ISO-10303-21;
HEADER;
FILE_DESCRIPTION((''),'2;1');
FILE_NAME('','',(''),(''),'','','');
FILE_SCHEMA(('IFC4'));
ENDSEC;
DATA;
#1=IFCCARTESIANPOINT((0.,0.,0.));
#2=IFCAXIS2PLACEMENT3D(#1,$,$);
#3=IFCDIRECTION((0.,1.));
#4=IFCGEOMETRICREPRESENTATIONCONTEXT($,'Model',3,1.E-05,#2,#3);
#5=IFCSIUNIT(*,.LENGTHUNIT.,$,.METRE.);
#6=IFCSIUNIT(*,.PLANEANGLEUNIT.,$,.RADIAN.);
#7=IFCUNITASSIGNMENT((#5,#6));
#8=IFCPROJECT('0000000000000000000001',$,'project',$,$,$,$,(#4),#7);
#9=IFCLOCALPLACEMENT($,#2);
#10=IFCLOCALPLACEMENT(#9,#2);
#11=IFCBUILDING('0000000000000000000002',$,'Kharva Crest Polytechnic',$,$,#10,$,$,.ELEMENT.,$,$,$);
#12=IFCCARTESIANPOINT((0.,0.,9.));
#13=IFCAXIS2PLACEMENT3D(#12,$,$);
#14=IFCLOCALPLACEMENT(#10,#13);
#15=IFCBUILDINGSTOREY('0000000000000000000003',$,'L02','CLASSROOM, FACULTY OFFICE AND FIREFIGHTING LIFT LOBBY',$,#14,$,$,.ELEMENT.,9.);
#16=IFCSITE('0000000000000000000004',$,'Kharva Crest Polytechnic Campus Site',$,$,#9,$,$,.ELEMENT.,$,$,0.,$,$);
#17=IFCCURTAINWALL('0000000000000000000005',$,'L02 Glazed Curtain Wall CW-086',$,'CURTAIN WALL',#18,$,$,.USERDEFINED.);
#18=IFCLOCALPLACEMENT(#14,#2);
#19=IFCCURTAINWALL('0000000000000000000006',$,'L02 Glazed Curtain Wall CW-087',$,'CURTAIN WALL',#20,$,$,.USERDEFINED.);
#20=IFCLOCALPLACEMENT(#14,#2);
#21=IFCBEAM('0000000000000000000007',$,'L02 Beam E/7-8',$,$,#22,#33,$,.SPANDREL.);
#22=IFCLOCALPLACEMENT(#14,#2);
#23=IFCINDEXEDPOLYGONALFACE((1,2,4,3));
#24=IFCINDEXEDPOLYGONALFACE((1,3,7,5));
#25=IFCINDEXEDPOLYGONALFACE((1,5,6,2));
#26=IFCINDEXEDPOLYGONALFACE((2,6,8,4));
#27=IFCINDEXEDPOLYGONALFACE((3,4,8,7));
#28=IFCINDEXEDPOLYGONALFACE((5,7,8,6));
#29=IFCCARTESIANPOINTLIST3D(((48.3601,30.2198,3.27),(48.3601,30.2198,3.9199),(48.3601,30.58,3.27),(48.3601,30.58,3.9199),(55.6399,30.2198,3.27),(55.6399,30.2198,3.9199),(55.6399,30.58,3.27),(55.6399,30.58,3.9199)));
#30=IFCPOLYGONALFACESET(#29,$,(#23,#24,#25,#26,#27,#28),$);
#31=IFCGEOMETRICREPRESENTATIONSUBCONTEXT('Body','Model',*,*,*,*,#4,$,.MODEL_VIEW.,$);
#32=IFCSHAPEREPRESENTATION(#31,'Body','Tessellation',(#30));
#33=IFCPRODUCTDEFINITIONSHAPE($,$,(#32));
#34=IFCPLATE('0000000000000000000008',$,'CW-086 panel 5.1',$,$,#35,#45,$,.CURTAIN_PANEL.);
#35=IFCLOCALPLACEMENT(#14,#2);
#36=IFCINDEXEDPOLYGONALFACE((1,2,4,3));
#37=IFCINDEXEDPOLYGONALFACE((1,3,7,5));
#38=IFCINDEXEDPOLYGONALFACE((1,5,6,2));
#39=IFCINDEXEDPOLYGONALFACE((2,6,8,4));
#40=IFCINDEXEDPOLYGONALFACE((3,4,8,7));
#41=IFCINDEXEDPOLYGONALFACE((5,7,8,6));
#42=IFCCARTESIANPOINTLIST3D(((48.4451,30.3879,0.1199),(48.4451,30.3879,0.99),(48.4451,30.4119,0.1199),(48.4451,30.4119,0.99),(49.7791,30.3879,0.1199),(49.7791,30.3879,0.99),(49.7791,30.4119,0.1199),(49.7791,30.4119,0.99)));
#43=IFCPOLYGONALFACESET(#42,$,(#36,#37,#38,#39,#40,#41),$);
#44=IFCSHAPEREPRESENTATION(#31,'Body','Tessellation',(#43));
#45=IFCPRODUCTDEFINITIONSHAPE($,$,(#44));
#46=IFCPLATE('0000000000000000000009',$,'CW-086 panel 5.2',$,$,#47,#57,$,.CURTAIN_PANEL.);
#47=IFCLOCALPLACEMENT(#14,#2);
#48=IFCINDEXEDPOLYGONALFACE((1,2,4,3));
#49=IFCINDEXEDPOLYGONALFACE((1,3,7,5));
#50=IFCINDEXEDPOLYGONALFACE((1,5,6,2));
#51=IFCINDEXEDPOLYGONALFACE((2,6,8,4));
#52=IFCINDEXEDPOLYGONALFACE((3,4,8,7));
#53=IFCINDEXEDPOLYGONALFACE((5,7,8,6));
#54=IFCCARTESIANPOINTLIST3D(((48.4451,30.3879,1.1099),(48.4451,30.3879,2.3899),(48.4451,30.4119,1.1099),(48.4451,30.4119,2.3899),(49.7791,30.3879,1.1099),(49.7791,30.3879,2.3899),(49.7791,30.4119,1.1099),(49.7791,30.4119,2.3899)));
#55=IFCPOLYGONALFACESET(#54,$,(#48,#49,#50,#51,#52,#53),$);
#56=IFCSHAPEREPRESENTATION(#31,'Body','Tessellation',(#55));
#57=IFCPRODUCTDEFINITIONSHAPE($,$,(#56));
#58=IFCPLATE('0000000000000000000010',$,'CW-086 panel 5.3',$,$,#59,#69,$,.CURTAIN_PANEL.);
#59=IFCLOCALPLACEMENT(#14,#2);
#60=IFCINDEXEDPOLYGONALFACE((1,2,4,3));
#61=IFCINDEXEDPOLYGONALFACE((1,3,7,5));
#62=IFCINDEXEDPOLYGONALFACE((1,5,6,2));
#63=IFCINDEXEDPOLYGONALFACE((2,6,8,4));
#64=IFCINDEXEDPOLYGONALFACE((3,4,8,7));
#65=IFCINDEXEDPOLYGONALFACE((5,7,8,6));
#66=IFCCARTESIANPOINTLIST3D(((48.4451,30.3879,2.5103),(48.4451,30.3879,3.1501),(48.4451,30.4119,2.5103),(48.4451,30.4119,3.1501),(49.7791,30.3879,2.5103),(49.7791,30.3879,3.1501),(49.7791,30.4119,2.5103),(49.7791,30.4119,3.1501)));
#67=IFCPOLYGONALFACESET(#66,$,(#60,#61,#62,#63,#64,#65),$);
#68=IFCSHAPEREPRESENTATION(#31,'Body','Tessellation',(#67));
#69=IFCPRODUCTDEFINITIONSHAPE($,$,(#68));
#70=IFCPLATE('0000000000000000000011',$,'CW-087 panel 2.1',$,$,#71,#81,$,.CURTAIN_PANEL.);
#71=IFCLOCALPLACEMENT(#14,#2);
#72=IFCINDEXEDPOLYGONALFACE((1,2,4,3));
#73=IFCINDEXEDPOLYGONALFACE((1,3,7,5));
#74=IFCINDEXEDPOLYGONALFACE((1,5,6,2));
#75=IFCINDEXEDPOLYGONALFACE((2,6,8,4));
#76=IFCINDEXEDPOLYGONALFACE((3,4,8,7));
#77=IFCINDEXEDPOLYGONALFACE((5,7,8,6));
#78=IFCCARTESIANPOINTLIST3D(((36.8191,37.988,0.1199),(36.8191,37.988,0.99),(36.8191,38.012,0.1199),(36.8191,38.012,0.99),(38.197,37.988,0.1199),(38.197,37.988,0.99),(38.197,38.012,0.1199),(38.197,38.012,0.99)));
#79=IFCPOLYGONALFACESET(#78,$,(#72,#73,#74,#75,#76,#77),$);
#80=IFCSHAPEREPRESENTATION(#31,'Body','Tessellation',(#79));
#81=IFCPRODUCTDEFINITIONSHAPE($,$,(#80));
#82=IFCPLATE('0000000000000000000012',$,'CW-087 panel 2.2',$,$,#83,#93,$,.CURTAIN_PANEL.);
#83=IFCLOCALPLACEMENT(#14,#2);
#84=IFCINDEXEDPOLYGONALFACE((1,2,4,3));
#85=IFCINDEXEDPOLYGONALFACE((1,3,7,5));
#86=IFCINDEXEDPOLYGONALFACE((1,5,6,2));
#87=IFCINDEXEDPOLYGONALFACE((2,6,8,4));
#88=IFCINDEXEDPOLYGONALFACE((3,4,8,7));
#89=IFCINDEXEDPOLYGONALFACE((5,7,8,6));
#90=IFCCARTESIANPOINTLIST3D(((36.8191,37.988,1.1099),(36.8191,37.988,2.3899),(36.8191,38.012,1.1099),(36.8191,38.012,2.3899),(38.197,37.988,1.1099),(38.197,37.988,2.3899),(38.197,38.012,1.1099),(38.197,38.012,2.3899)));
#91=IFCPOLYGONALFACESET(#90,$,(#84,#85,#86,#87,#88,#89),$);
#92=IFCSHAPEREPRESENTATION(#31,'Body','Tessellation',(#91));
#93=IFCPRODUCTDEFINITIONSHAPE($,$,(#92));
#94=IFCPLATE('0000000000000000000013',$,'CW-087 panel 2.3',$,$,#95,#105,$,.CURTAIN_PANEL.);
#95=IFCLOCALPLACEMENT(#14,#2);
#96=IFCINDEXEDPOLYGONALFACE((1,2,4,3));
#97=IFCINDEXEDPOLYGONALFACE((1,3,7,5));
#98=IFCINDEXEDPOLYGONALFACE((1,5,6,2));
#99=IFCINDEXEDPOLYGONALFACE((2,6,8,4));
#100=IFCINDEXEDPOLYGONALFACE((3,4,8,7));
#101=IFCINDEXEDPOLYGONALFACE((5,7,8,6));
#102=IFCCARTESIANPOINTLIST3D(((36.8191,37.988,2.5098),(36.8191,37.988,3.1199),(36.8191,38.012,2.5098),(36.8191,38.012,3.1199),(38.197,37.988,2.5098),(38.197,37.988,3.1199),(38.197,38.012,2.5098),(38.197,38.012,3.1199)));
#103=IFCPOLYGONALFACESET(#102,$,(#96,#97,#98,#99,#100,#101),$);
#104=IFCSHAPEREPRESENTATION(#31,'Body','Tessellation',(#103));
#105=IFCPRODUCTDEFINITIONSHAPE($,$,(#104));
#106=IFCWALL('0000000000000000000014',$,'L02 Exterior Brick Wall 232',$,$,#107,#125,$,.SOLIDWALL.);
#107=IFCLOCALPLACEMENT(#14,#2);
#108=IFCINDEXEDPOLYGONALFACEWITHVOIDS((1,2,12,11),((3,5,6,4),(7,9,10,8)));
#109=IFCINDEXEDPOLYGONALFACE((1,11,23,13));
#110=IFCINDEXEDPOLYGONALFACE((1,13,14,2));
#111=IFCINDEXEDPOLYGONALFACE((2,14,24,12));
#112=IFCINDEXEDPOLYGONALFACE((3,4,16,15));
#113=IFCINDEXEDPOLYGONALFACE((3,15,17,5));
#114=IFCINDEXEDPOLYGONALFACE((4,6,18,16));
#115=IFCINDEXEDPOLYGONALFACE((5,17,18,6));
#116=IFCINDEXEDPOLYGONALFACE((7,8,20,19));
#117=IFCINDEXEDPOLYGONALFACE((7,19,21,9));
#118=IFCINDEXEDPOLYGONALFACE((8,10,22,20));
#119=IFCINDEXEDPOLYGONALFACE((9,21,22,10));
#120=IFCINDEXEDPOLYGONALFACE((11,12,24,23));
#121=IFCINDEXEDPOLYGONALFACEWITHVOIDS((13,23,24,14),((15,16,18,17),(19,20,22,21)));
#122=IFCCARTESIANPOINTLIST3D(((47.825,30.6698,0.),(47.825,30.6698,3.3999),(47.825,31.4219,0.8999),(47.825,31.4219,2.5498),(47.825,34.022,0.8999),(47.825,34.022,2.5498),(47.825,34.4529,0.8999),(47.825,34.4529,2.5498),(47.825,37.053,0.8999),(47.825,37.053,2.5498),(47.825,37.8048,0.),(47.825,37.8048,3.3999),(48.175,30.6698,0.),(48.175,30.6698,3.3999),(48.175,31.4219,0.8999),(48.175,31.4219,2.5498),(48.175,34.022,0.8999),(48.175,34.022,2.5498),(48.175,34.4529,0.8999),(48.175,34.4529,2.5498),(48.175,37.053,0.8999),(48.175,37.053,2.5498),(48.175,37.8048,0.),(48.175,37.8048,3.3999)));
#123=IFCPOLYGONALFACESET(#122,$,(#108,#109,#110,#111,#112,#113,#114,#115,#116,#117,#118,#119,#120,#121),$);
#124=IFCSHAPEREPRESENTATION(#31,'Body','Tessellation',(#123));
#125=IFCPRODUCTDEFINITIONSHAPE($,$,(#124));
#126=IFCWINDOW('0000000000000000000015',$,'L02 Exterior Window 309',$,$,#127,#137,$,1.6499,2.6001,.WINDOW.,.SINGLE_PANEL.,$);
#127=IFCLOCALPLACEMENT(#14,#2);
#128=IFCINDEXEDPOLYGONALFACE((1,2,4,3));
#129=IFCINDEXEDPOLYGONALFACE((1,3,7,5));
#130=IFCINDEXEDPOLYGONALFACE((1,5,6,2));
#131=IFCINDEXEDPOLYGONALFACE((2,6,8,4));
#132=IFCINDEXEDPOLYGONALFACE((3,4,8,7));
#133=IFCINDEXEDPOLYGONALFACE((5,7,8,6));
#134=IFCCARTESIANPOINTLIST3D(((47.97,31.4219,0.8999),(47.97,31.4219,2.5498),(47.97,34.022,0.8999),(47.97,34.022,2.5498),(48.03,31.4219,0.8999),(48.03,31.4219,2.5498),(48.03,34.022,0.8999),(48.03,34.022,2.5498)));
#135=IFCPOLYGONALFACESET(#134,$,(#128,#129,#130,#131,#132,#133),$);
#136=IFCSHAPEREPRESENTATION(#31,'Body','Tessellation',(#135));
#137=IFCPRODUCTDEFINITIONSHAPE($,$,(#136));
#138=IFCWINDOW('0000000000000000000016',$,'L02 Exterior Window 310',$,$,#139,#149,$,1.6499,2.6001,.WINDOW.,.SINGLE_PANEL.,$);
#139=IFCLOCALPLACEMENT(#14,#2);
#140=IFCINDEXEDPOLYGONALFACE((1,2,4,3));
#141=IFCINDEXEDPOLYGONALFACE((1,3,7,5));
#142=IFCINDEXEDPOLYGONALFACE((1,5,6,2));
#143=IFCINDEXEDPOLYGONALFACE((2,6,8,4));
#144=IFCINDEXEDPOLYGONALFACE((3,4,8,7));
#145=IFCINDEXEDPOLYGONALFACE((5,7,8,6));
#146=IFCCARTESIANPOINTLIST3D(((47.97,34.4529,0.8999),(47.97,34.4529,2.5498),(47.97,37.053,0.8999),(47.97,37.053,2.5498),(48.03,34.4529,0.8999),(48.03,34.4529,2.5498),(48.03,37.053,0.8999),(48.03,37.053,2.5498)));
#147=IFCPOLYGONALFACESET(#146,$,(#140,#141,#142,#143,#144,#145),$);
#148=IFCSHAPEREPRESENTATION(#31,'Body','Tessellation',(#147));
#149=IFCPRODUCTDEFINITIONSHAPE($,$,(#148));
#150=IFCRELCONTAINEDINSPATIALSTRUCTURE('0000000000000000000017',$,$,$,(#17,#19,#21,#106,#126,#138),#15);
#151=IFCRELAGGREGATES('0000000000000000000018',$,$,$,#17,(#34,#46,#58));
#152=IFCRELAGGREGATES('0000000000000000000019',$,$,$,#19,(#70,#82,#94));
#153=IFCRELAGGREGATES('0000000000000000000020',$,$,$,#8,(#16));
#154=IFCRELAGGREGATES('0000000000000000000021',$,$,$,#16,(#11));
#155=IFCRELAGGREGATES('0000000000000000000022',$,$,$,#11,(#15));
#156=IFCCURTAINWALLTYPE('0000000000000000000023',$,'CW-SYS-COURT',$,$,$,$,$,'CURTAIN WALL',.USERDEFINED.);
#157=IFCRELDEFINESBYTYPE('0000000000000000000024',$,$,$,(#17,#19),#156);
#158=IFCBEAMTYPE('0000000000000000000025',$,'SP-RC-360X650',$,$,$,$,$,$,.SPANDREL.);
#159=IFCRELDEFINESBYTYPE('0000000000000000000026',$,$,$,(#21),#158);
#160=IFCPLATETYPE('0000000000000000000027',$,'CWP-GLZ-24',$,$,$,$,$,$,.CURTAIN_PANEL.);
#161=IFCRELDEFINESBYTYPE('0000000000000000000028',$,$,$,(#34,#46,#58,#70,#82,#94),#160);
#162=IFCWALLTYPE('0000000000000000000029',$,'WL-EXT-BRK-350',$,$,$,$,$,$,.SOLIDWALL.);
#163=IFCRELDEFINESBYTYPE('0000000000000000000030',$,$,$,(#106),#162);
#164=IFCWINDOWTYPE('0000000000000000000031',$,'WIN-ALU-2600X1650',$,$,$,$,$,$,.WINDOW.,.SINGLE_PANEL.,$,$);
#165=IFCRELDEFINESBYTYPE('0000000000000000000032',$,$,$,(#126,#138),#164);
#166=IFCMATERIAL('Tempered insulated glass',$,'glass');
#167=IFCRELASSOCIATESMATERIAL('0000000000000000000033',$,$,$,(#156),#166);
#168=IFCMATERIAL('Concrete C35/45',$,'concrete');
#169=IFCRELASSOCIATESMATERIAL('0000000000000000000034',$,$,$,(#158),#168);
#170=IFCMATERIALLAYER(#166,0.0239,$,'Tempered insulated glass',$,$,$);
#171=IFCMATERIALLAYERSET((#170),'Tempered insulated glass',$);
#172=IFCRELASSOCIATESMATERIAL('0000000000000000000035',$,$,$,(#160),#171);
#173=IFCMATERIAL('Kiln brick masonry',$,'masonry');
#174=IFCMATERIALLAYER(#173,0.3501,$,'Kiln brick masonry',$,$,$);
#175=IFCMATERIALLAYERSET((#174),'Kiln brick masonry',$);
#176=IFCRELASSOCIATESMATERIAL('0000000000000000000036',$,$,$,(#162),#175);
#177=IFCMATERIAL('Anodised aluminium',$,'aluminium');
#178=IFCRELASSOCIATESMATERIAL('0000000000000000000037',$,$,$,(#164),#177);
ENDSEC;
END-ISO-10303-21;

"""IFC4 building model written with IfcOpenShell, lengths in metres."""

from ifc_helpers import new_model, si_unit, direction, frame, frame_2d, origin, origin_2d, place, context, subcontext, project, spatial, rectangle, extrude, material, layer, layer_set, material_profile, profile_set, type_object, element, fill, aggregate, save


model = new_model("IFC4")

# Units and contexts
model_context = context("Model", 3, precision=1e-05, world=origin(), true_north=direction((0.0, 1.0)))
body_context = subcontext(model_context, "Body", "Model", "MODEL_VIEW")
ifc_project = project(units=[si_unit("LENGTHUNIT", "METRE"), si_unit("PLANEANGLEUNIT", "RADIAN")], contexts=[model_context])

# Site, building, storey
site_placement = place(None, origin())
site = spatial("IfcSite", under=ifc_project, at=site_placement, Name="Kharva Crest Polytechnic Campus Site", CompositionType="ELEMENT", RefElevation=0.0)
building_placement = place(site_placement, origin())
building = spatial("IfcBuilding", under=site, at=building_placement, Name="Kharva Crest Polytechnic", CompositionType="ELEMENT")
storey_placement = place(building_placement, frame((0.0, 0.0, 9.0)))
storey = spatial("IfcBuildingStorey", under=building, at=storey_placement, Name="L02", Description="CLASSROOM, FACULTY OFFICE AND FIREFIGHTING LIFT LOBBY", CompositionType="ELEMENT", Elevation=9.0)

# Shared definitions
ifc_material_1 = material(Name="Concrete C35/45", Category="concrete")

# Curtain wall
ifc_material_2 = material(Name="Tempered insulated glass", Category="glass")
curtain_wall_type = type_object("IfcCurtainWallType", Name="CW-SYS-COURT", ElementType="CURTAIN WALL", PredefinedType="USERDEFINED", material=ifc_material_2)
curtain_wall_1_placement = place(storey_placement, origin())
curtain_wall_1 = element("IfcCurtainWall", 1, at=curtain_wall_1_placement, inside=storey, type_object=curtain_wall_type, Name="L02 Glazed Curtain Wall CW-086", ObjectType="CURTAIN WALL", PredefinedType="USERDEFINED")

# Curtain wall
curtain_wall_2_placement = place(storey_placement, origin())
curtain_wall_2 = element("IfcCurtainWall", 2, at=curtain_wall_2_placement, inside=storey, type_object=curtain_wall_type, Name="L02 Glazed Curtain Wall CW-087", ObjectType="CURTAIN WALL", PredefinedType="USERDEFINED")

# Beam
ifc_material_profile_1 = material_profile(ifc_material_1, rectangle(XDim=0.3601, YDim=0.6499, at=origin_2d()), Name="RECT 360 X 650")
ifc_profile_set_1 = profile_set([ifc_material_profile_1], Name="Concrete C35/45")
beam_type_1 = type_object("IfcBeamType", Name="SP-RC-360X650", PredefinedType="SPANDREL", material=ifc_profile_set_1)
beam_1_placement = place(storey_placement, frame((48.3601, 30.3999, 3.595), z_axis=(1.0, 0.0, 0.0), x_axis=(0.0, 1.0, 0.0)))
element("IfcBeam", 3, at=beam_1_placement, inside=storey, type_object=beam_type_1, Name="L02 Beam E/7-8", PredefinedType="SPANDREL", context=body_context, shape_type="SweptSolid", body=[
    extrude(rectangle(XDim=0.3601, YDim=0.6499, at=origin_2d()), origin(), (0.0, 0.0, 1.0), 7.2798),
])

# Plates
ifc_layer_1 = layer(ifc_material_2, 0.0239, Name="Tempered insulated glass")
ifc_layer_set_1 = layer_set([ifc_layer_1], Name="Tempered insulated glass")
plate_type = type_object("IfcPlateType", Name="CWP-GLZ-24", PredefinedType="CURTAIN_PANEL", material=ifc_layer_set_1)
plate_1_placement = place(storey_placement, frame((49.1121, 30.3999, 0.1199), z_axis=(0.0, 0.0, 1.0), x_axis=(-1.0, 0.0, 0.0)))
plate_1 = element("IfcPlate", 4, at=plate_1_placement, type_object=plate_type, Name="CW-086 panel 5.1", PredefinedType="CURTAIN_PANEL", context=body_context, shape_type="SweptSolid", body=[
    extrude(rectangle(XDim=1.334, YDim=0.0239, at=origin_2d()), origin(), (0.0, 0.0, 1.0), 0.8701),
])
plate_2_placement = place(storey_placement, frame((49.1121, 30.3999, 1.1099), z_axis=(0.0, 0.0, 1.0), x_axis=(-1.0, 0.0, 0.0)))
plate_2 = element("IfcPlate", 5, at=plate_2_placement, type_object=plate_type, Name="CW-086 panel 5.2", PredefinedType="CURTAIN_PANEL", context=body_context, shape_type="SweptSolid", body=[
    extrude(rectangle(XDim=1.334, YDim=0.0239, at=origin_2d()), origin(), (0.0, 0.0, 1.0), 1.28),
])
plate_3_placement = place(storey_placement, frame((49.1121, 30.3999, 2.5103), z_axis=(0.0, 0.0, 1.0), x_axis=(-1.0, 0.0, 0.0)))
plate_3 = element("IfcPlate", 6, at=plate_3_placement, type_object=plate_type, Name="CW-086 panel 5.3", PredefinedType="CURTAIN_PANEL", context=body_context, shape_type="SweptSolid", body=[
    extrude(rectangle(XDim=1.334, YDim=0.0239, at=origin_2d()), origin(), (0.0, 0.0, 1.0), 0.6399),
])
aggregate(curtain_wall_1, [plate_1, plate_2, plate_3])
plate_4_placement = place(storey_placement, frame((37.5081, 38.0, 0.1199), z_axis=(0.0, 0.0, 1.0), x_axis=(-1.0, 0.0, 0.0)))
plate_4 = element("IfcPlate", 7, at=plate_4_placement, type_object=plate_type, Name="CW-087 panel 2.1", PredefinedType="CURTAIN_PANEL", context=body_context, shape_type="SweptSolid", body=[
    extrude(rectangle(XDim=1.3779, YDim=0.0239, at=origin_2d()), origin(), (0.0, 0.0, 1.0), 0.8701),
])
plate_5_placement = place(storey_placement, frame((37.5081, 38.0, 1.1099), z_axis=(0.0, 0.0, 1.0), x_axis=(-1.0, 0.0, 0.0)))
plate_5 = element("IfcPlate", 8, at=plate_5_placement, type_object=plate_type, Name="CW-087 panel 2.2", PredefinedType="CURTAIN_PANEL", context=body_context, shape_type="SweptSolid", body=[
    extrude(rectangle(XDim=1.3779, YDim=0.0239, at=origin_2d()), origin(), (0.0, 0.0, 1.0), 1.28),
])
plate_6_placement = place(storey_placement, frame((37.5081, 38.0, 2.5098), z_axis=(0.0, 0.0, 1.0), x_axis=(-1.0, 0.0, 0.0)))
plate_6 = element("IfcPlate", 9, at=plate_6_placement, type_object=plate_type, Name="CW-087 panel 2.3", PredefinedType="CURTAIN_PANEL", context=body_context, shape_type="SweptSolid", body=[
    extrude(rectangle(XDim=1.3779, YDim=0.0239, at=origin_2d()), origin(), (0.0, 0.0, 1.0), 0.6101),
])
aggregate(curtain_wall_2, [plate_4, plate_5, plate_6])

# Wall, openings, windows
ifc_material_3 = material(Name="Kiln brick masonry", Category="masonry")
ifc_layer_2 = layer(ifc_material_3, 0.3501, Name="Kiln brick masonry")
ifc_layer_set_2 = layer_set([ifc_layer_2], Name="Kiln brick masonry")
wall_type = type_object("IfcWallType", Name="WL-EXT-BRK-350", PredefinedType="SOLIDWALL", material=ifc_layer_set_2)
wall_placement = place(storey_placement, frame((48.0, 30.6699, 0.0), z_axis=(0.0, 0.0, 1.0), x_axis=(0.0, 1.0, 0.0)))
wall = element("IfcWall", 10, at=wall_placement, inside=storey, type_object=wall_type, Name="L02 Exterior Brick Wall 232", PredefinedType="SOLIDWALL", context=body_context, shape_type="SweptSolid", body=[
    extrude(rectangle(XDim=7.135, YDim=0.3501, at=frame_2d((3.5674, 0.0))), origin(), (0.0, 0.0, 1.0), 3.3999),
])
opening_1_placement = place(wall_placement, frame((0.752, 0.0, 0.8999)))
opening_1 = element("IfcOpeningElement", 11, at=opening_1_placement, cuts=wall, PredefinedType="OPENING", context=body_context, shape_type="SweptSolid", body=[
    extrude(rectangle(XDim=2.6001, YDim=1.6499, at=frame_2d((1.3, 0.825))), frame((0.0, 0.1851, 0.0), z_axis=(0.0, -1.0, 0.0), x_axis=(1.0, 0.0, 0.0)), (0.0, 0.0, 1.0), 0.3701),
])
opening_2_placement = place(wall_placement, frame((3.783, 0.0, 0.8999)))
opening_2 = element("IfcOpeningElement", 12, at=opening_2_placement, cuts=wall, PredefinedType="OPENING", context=body_context, shape_type="SweptSolid", body=[
    extrude(rectangle(XDim=2.6001, YDim=1.6499, at=frame_2d((1.3, 0.825))), frame((0.0, 0.1851, 0.0), z_axis=(0.0, -1.0, 0.0), x_axis=(1.0, 0.0, 0.0)), (0.0, 0.0, 1.0), 0.3701),
])
ifc_material_4 = material(Name="Anodised aluminium", Category="aluminium")
window_type = type_object("IfcWindowType", Name="WIN-ALU-2600X1650", PartitioningType="SINGLE_PANEL", PredefinedType="WINDOW", material=ifc_material_4)
window_1_placement = place(opening_1_placement, origin())
window_1 = element("IfcWindow", 13, at=window_1_placement, inside=storey, type_object=window_type, Name="L02 Exterior Window 309", OverallHeight=1.6499, OverallWidth=2.6001, PartitioningType="SINGLE_PANEL", PredefinedType="WINDOW", context=body_context, shape_type="SweptSolid", body=[
    extrude(rectangle(XDim=2.6001, YDim=1.6499, at=frame_2d((1.3, 0.825))), frame((0.0, 0.03, 0.0), z_axis=(0.0, -1.0, 0.0), x_axis=(1.0, 0.0, 0.0)), (0.0, 0.0, 1.0), 0.0601),
])
fill(opening_1, window_1)
window_2_placement = place(opening_2_placement, origin())
window_2 = element("IfcWindow", 14, at=window_2_placement, inside=storey, type_object=window_type, Name="L02 Exterior Window 310", OverallHeight=1.6499, OverallWidth=2.6001, PartitioningType="SINGLE_PANEL", PredefinedType="WINDOW", context=body_context, shape_type="SweptSolid", body=[
    extrude(rectangle(XDim=2.6001, YDim=1.6499, at=frame_2d((1.3, 0.825))), frame((0.0, 0.03, 0.0), z_axis=(0.0, -1.0, 0.0), x_axis=(1.0, 0.0, 0.0)), (0.0, 0.0, 1.0), 0.0601),
])
fill(opening_2, window_2)

save(model, "model.ifc")
